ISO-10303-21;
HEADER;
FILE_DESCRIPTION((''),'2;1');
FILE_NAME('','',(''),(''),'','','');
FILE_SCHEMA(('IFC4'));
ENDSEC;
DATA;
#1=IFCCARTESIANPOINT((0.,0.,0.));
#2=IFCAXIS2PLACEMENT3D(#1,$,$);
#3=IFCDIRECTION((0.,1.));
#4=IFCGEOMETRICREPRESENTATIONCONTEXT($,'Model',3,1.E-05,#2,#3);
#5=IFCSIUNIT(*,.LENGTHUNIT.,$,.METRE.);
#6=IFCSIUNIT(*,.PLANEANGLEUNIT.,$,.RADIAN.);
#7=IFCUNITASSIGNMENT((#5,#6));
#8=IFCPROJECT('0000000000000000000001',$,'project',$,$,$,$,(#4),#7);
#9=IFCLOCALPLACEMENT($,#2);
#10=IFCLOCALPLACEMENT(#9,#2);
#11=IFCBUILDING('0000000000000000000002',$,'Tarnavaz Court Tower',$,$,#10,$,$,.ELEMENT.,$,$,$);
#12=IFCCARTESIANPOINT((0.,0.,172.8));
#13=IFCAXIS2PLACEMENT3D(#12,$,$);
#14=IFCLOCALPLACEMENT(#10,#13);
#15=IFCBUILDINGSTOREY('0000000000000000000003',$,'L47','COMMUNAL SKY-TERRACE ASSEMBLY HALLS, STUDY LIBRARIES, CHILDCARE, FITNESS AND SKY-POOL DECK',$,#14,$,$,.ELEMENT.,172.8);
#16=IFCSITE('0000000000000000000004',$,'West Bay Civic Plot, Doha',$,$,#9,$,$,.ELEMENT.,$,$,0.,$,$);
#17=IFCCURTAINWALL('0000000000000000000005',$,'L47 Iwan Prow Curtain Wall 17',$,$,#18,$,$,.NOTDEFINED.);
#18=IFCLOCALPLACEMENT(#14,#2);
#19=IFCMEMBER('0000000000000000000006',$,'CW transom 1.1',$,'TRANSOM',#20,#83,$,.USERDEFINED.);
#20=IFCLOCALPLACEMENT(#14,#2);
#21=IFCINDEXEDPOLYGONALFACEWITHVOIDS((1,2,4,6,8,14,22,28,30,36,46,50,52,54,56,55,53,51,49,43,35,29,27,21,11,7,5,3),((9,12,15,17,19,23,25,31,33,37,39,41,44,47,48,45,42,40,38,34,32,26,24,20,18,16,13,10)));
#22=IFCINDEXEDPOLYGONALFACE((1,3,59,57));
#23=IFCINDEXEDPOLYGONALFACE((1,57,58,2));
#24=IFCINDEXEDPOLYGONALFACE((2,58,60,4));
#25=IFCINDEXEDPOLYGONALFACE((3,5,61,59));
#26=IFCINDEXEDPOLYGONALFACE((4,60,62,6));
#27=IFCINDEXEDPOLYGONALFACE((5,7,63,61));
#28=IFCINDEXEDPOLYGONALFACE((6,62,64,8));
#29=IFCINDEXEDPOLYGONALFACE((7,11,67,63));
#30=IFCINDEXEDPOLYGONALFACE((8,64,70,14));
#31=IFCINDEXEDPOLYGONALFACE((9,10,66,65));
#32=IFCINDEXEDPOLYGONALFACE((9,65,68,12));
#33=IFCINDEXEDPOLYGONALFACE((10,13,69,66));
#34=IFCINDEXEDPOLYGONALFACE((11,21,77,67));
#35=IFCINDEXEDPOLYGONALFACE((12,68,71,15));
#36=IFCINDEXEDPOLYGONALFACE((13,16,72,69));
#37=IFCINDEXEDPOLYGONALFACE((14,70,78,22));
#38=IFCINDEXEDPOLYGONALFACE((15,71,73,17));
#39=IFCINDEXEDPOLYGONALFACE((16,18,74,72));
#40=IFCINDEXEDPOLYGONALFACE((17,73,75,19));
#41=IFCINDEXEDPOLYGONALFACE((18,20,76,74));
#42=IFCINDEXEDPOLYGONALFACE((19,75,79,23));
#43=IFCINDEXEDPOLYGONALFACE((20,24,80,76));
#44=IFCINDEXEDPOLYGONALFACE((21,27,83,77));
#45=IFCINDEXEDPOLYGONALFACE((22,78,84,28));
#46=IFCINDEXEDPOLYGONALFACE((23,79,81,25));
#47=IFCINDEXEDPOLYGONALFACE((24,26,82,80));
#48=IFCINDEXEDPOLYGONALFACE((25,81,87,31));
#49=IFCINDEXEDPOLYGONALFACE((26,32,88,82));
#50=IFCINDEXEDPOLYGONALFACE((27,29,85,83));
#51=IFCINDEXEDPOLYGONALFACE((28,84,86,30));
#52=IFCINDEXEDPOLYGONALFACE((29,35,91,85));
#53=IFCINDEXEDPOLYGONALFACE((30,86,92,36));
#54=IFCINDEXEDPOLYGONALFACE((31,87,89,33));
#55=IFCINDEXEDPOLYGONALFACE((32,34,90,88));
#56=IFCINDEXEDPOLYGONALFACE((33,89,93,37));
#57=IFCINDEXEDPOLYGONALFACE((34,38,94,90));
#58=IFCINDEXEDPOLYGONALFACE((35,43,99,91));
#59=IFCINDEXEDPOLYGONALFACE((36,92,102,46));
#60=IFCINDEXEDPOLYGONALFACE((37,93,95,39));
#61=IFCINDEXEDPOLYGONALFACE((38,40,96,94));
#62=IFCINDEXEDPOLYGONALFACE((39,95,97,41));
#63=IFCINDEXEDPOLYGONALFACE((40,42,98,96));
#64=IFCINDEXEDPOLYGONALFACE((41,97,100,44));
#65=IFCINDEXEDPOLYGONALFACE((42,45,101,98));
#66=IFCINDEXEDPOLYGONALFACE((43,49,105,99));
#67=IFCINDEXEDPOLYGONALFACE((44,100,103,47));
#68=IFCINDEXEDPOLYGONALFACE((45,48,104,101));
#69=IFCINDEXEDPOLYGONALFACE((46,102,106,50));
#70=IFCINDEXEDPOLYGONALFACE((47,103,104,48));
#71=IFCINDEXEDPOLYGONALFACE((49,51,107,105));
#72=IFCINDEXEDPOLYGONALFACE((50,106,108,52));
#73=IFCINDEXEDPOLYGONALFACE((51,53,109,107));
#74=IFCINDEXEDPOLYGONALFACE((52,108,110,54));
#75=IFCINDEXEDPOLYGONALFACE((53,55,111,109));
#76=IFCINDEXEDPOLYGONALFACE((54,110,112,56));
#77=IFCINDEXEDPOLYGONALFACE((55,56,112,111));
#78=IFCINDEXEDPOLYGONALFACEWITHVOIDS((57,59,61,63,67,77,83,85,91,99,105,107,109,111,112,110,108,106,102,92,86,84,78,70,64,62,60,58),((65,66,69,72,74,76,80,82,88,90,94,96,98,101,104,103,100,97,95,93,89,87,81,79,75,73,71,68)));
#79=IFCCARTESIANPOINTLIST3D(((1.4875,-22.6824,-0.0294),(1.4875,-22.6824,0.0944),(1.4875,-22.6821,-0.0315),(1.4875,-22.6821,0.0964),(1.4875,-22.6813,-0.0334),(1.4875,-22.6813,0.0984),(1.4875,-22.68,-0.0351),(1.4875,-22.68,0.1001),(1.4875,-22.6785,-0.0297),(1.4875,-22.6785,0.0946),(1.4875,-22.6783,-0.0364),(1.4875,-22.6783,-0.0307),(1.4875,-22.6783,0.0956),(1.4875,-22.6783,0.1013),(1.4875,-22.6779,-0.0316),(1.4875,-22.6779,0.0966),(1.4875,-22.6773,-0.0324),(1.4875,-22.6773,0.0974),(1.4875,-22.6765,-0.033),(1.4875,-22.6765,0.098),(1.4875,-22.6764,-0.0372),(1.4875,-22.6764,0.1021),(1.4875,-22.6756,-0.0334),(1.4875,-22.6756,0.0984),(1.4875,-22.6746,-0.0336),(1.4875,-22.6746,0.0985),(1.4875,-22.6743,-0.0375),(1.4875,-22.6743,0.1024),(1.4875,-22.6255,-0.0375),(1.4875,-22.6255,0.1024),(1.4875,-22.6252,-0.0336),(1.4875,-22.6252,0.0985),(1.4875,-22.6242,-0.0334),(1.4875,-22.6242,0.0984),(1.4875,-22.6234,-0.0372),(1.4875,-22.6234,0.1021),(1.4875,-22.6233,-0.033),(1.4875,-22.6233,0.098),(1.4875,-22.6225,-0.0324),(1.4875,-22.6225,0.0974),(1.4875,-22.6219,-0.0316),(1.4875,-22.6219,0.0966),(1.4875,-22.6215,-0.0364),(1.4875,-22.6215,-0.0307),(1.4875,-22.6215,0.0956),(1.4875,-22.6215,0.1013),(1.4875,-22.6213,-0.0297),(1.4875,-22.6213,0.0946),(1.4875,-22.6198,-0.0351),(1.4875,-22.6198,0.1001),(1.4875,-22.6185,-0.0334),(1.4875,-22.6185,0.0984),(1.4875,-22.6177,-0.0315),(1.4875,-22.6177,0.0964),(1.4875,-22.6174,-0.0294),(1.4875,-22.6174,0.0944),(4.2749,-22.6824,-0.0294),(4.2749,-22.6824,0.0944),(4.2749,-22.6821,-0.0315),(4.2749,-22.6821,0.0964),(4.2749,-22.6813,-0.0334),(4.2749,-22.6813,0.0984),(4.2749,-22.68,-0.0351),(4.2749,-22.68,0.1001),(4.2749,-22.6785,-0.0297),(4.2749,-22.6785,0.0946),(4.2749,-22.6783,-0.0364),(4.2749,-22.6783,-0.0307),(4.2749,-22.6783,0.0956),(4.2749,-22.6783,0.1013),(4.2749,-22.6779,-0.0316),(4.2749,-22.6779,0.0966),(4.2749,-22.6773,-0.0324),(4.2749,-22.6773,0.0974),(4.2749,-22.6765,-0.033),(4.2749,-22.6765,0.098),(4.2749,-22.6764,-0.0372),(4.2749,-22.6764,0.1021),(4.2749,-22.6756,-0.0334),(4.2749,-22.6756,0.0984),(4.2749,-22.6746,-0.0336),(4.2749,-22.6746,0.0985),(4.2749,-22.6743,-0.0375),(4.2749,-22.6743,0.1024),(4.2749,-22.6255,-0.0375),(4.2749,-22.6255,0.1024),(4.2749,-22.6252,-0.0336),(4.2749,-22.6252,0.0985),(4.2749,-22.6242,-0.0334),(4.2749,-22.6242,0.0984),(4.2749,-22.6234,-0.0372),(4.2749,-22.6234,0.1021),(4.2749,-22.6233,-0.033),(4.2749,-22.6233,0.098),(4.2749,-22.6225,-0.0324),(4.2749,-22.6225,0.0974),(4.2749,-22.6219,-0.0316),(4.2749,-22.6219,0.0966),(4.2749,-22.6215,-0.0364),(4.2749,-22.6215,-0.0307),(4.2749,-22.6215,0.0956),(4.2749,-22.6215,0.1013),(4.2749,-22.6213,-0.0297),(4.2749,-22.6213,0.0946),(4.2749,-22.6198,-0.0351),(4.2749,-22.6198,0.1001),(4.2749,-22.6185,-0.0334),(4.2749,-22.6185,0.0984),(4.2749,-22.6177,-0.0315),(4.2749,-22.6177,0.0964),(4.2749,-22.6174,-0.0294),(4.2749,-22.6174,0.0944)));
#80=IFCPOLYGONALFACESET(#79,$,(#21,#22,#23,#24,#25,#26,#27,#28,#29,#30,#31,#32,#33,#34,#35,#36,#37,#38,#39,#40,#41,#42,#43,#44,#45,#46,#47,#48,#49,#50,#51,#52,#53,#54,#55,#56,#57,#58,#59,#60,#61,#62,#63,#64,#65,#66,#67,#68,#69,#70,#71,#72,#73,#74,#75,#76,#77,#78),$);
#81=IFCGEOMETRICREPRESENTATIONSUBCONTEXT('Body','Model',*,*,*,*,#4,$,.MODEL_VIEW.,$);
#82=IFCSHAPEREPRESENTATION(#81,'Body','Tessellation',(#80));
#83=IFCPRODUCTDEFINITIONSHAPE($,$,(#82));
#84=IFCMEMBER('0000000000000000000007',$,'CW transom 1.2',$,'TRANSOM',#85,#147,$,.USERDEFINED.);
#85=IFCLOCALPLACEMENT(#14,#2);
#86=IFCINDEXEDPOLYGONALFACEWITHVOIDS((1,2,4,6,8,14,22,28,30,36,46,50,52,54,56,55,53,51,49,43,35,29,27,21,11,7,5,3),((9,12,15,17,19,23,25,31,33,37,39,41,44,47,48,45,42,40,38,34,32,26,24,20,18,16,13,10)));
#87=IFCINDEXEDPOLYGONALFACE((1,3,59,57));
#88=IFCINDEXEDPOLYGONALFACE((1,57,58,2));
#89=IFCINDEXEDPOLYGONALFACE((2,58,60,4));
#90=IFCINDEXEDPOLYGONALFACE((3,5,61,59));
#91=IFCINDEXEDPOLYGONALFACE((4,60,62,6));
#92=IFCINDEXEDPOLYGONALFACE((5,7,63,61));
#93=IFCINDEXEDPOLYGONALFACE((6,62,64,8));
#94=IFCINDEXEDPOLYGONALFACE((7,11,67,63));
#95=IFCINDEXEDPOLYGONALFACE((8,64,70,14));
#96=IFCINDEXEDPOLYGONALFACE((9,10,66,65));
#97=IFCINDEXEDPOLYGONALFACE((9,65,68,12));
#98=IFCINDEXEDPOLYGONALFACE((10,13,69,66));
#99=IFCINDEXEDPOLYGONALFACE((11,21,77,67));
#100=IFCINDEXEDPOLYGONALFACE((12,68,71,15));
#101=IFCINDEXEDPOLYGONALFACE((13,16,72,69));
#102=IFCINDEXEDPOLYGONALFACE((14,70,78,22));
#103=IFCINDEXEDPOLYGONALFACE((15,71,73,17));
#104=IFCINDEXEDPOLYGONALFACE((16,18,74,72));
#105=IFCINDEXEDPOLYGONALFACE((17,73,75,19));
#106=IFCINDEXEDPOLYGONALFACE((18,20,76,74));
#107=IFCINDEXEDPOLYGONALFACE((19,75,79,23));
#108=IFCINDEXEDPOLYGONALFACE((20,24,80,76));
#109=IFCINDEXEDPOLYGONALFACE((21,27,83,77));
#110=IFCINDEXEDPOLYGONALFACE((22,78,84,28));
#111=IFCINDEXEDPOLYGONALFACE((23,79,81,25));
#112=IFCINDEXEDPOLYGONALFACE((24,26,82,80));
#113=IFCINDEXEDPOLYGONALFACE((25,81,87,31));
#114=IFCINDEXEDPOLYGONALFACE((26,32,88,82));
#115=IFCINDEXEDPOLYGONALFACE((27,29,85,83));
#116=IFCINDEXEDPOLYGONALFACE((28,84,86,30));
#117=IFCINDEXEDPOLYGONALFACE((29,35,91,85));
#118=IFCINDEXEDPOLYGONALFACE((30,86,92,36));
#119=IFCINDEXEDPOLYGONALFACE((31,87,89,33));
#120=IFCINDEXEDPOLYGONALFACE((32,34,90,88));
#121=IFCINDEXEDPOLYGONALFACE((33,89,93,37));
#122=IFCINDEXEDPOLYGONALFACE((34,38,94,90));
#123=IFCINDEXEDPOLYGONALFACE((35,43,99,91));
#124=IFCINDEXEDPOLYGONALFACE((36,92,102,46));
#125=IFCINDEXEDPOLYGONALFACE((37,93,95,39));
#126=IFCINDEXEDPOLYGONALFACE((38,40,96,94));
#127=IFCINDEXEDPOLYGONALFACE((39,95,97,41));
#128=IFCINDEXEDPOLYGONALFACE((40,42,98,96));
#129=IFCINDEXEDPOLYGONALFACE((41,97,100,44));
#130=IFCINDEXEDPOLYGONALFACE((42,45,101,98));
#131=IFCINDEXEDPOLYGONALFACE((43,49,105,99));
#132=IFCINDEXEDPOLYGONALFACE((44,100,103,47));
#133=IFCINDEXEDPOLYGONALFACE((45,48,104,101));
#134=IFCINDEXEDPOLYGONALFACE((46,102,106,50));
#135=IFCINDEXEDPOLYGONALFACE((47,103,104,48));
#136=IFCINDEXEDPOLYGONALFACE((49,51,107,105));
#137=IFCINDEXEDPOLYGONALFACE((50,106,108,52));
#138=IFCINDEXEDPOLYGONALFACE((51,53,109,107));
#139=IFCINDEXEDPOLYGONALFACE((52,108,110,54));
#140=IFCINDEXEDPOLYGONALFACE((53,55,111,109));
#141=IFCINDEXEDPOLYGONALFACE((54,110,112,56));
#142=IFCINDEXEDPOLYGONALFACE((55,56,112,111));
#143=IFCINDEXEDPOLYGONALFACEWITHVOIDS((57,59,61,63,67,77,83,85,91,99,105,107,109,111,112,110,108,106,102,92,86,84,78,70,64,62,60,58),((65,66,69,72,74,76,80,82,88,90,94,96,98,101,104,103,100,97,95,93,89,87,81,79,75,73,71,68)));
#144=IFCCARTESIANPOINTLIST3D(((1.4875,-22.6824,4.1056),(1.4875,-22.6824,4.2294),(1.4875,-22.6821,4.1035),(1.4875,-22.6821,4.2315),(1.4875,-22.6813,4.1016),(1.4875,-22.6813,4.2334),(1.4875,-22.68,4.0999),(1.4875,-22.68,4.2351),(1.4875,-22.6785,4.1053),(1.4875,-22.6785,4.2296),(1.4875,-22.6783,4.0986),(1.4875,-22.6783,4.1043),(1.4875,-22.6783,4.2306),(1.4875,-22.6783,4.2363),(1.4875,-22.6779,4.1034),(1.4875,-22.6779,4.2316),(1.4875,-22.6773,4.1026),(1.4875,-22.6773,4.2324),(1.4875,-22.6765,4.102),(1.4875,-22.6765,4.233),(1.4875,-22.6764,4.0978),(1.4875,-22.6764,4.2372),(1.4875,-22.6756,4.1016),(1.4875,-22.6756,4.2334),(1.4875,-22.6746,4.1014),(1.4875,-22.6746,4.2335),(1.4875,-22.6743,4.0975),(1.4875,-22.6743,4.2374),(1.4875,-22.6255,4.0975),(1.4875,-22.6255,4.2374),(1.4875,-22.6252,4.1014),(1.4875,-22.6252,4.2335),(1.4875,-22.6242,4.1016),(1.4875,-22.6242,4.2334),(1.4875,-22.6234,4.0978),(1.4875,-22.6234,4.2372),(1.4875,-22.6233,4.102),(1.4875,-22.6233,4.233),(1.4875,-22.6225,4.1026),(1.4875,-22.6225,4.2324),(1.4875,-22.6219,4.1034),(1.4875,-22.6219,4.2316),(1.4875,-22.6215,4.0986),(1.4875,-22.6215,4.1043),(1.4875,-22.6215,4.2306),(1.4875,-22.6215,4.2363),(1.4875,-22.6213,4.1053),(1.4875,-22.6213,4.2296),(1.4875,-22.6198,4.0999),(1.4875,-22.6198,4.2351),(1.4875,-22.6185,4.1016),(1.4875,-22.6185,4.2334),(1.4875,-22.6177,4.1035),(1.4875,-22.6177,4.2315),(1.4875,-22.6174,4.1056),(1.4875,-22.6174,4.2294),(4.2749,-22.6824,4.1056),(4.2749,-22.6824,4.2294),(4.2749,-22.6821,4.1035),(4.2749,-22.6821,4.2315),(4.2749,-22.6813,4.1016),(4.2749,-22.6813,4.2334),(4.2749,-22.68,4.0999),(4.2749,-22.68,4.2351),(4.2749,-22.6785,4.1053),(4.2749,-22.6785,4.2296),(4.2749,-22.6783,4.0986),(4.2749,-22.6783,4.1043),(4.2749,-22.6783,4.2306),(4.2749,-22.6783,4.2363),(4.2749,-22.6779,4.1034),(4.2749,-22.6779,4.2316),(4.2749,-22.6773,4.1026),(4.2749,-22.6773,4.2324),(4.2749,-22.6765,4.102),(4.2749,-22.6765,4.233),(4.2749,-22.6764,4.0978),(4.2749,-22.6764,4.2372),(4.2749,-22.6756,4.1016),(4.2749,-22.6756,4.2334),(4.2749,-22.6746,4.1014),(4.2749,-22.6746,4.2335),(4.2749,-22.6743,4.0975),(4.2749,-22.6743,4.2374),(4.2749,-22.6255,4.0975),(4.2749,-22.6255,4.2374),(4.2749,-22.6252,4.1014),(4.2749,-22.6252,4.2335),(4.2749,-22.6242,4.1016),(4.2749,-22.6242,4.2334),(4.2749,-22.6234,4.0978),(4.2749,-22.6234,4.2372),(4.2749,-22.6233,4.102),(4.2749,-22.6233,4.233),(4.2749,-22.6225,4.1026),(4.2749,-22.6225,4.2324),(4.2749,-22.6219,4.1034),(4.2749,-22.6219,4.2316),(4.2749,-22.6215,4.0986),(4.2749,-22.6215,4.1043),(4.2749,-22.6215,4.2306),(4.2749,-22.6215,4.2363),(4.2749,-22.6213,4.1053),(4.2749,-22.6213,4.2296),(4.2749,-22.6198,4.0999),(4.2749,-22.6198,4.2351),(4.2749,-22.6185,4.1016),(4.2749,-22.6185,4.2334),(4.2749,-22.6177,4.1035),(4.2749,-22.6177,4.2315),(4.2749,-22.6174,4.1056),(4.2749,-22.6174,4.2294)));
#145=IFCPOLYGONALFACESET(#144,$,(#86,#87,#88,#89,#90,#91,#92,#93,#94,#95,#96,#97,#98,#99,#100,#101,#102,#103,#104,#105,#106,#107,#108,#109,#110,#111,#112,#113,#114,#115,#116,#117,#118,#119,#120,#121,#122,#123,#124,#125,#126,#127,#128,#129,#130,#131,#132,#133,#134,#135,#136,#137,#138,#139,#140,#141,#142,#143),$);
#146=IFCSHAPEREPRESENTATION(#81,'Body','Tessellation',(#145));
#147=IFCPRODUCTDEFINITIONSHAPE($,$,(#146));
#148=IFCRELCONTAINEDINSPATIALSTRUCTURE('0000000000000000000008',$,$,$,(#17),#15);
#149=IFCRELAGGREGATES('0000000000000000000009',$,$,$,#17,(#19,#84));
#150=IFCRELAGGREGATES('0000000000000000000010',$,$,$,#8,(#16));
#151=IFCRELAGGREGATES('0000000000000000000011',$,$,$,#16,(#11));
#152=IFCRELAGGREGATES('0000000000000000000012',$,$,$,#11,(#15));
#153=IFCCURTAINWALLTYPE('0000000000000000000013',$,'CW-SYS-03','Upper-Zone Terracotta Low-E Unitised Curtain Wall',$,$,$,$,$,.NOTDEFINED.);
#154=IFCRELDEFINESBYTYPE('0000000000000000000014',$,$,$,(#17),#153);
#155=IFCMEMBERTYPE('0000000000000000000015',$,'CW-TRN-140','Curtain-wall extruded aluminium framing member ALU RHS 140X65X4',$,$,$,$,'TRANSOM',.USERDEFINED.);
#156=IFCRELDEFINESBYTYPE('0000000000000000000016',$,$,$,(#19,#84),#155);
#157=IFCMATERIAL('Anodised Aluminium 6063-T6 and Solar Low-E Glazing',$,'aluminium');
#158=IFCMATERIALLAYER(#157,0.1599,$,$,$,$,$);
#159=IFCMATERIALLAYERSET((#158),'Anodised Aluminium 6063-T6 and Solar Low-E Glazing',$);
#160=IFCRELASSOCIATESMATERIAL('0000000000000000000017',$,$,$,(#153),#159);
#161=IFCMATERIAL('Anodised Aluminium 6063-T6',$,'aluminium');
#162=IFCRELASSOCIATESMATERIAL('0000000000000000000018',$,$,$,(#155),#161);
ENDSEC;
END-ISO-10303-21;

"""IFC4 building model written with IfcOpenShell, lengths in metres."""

from ifc_helpers import new_model, si_unit, direction, frame, origin, origin_2d, place, context, subcontext, project, spatial, hollow_rectangle, extrude, material, layer, layer_set, material_profile, profile_set, type_object, element, aggregate, save


model = new_model("IFC4")

# Units and contexts
model_context = context("Model", 3, precision=1e-05, world=origin(), true_north=direction((0.0, 1.0)))
body_context = subcontext(model_context, "Body", "Model", "MODEL_VIEW")
ifc_project = project(units=[si_unit("LENGTHUNIT", "METRE"), si_unit("PLANEANGLEUNIT", "RADIAN")], contexts=[model_context])

# Site, building, storey
site_placement = place(None, origin())
site = spatial("IfcSite", under=ifc_project, at=site_placement, Name="West Bay Civic Plot, Doha", CompositionType="ELEMENT", RefElevation=0.0)
building_placement = place(site_placement, origin())
building = spatial("IfcBuilding", under=site, at=building_placement, Name="Tarnavaz Court Tower", CompositionType="ELEMENT")
storey_placement = place(building_placement, frame((0.0, 0.0, 172.8)))
storey = spatial("IfcBuildingStorey", under=building, at=storey_placement, Name="L47", Description="COMMUNAL SKY-TERRACE ASSEMBLY HALLS, STUDY LIBRARIES, CHILDCARE, FITNESS AND SKY-POOL DECK", CompositionType="ELEMENT", Elevation=172.8)

# Curtain wall, members
ifc_material_1 = material(Name="Anodised Aluminium 6063-T6 and Solar Low-E Glazing", Category="aluminium")
ifc_layer_1 = layer(ifc_material_1, 0.1599)
ifc_layer_set_1 = layer_set([ifc_layer_1], Name="Anodised Aluminium 6063-T6 and Solar Low-E Glazing")
curtain_wall_type_1 = type_object("IfcCurtainWallType", Name="CW-SYS-03", Description="Upper-Zone Terracotta Low-E Unitised Curtain Wall", PredefinedType="NOTDEFINED", material=ifc_layer_set_1)
curtain_wall_1_placement = place(storey_placement, origin())
curtain_wall_1 = element("IfcCurtainWall", 1, at=curtain_wall_1_placement, inside=storey, type_object=curtain_wall_type_1, Name="L47 Iwan Prow Curtain Wall 17", PredefinedType="NOTDEFINED")
ifc_material_2 = material(Name="Anodised Aluminium 6063-T6", Category="aluminium")
ifc_material_profile_1 = material_profile(ifc_material_2, hollow_rectangle(XDim=0.0649, YDim=0.1399, WallThickness=0.0039, InnerFilletRadius=0.0039, OuterFilletRadius=0.0081, at=origin_2d()), Name="ALU RHS 140X65X4")
ifc_profile_set_1 = profile_set([ifc_material_profile_1], Name="Anodised Aluminium 6063-T6")
member_type_1 = type_object("IfcMemberType", Name="CW-TRN-140", Description="Curtain-wall extruded aluminium framing member ALU RHS 140X65X4", ElementType="TRANSOM", PredefinedType="USERDEFINED", material=ifc_profile_set_1)
member_1_placement = place(storey_placement, frame((4.2749, -22.6499, 0.0325), z_axis=(-1.0, 0.0, 0.0), x_axis=(0.0, -1.0, 0.0)))
member_1 = element("IfcMember", 2, at=member_1_placement, type_object=member_type_1, Name="CW transom 1.1", ObjectType="TRANSOM", PredefinedType="USERDEFINED", context=body_context, shape_type="SweptSolid", body=[
    extrude(hollow_rectangle(XDim=0.0649, YDim=0.1399, WallThickness=0.0039, InnerFilletRadius=0.0039, OuterFilletRadius=0.0081, at=origin_2d()), origin(), (0.0, 0.0, 1.0), 2.7874),
])
member_2_placement = place(storey_placement, frame((4.2749, -22.6499, 4.1675), z_axis=(-1.0, 0.0, 0.0), x_axis=(0.0, -1.0, 0.0)))
member_2 = element("IfcMember", 3, at=member_2_placement, type_object=member_type_1, Name="CW transom 1.2", ObjectType="TRANSOM", PredefinedType="USERDEFINED", context=body_context, shape_type="SweptSolid", body=[
    extrude(hollow_rectangle(XDim=0.0649, YDim=0.1399, WallThickness=0.0039, InnerFilletRadius=0.0039, OuterFilletRadius=0.0081, at=origin_2d()), origin(), (0.0, 0.0, 1.0), 2.7874),
])

aggregate(curtain_wall_1, [member_1, member_2])

save(model, "model.ifc")
